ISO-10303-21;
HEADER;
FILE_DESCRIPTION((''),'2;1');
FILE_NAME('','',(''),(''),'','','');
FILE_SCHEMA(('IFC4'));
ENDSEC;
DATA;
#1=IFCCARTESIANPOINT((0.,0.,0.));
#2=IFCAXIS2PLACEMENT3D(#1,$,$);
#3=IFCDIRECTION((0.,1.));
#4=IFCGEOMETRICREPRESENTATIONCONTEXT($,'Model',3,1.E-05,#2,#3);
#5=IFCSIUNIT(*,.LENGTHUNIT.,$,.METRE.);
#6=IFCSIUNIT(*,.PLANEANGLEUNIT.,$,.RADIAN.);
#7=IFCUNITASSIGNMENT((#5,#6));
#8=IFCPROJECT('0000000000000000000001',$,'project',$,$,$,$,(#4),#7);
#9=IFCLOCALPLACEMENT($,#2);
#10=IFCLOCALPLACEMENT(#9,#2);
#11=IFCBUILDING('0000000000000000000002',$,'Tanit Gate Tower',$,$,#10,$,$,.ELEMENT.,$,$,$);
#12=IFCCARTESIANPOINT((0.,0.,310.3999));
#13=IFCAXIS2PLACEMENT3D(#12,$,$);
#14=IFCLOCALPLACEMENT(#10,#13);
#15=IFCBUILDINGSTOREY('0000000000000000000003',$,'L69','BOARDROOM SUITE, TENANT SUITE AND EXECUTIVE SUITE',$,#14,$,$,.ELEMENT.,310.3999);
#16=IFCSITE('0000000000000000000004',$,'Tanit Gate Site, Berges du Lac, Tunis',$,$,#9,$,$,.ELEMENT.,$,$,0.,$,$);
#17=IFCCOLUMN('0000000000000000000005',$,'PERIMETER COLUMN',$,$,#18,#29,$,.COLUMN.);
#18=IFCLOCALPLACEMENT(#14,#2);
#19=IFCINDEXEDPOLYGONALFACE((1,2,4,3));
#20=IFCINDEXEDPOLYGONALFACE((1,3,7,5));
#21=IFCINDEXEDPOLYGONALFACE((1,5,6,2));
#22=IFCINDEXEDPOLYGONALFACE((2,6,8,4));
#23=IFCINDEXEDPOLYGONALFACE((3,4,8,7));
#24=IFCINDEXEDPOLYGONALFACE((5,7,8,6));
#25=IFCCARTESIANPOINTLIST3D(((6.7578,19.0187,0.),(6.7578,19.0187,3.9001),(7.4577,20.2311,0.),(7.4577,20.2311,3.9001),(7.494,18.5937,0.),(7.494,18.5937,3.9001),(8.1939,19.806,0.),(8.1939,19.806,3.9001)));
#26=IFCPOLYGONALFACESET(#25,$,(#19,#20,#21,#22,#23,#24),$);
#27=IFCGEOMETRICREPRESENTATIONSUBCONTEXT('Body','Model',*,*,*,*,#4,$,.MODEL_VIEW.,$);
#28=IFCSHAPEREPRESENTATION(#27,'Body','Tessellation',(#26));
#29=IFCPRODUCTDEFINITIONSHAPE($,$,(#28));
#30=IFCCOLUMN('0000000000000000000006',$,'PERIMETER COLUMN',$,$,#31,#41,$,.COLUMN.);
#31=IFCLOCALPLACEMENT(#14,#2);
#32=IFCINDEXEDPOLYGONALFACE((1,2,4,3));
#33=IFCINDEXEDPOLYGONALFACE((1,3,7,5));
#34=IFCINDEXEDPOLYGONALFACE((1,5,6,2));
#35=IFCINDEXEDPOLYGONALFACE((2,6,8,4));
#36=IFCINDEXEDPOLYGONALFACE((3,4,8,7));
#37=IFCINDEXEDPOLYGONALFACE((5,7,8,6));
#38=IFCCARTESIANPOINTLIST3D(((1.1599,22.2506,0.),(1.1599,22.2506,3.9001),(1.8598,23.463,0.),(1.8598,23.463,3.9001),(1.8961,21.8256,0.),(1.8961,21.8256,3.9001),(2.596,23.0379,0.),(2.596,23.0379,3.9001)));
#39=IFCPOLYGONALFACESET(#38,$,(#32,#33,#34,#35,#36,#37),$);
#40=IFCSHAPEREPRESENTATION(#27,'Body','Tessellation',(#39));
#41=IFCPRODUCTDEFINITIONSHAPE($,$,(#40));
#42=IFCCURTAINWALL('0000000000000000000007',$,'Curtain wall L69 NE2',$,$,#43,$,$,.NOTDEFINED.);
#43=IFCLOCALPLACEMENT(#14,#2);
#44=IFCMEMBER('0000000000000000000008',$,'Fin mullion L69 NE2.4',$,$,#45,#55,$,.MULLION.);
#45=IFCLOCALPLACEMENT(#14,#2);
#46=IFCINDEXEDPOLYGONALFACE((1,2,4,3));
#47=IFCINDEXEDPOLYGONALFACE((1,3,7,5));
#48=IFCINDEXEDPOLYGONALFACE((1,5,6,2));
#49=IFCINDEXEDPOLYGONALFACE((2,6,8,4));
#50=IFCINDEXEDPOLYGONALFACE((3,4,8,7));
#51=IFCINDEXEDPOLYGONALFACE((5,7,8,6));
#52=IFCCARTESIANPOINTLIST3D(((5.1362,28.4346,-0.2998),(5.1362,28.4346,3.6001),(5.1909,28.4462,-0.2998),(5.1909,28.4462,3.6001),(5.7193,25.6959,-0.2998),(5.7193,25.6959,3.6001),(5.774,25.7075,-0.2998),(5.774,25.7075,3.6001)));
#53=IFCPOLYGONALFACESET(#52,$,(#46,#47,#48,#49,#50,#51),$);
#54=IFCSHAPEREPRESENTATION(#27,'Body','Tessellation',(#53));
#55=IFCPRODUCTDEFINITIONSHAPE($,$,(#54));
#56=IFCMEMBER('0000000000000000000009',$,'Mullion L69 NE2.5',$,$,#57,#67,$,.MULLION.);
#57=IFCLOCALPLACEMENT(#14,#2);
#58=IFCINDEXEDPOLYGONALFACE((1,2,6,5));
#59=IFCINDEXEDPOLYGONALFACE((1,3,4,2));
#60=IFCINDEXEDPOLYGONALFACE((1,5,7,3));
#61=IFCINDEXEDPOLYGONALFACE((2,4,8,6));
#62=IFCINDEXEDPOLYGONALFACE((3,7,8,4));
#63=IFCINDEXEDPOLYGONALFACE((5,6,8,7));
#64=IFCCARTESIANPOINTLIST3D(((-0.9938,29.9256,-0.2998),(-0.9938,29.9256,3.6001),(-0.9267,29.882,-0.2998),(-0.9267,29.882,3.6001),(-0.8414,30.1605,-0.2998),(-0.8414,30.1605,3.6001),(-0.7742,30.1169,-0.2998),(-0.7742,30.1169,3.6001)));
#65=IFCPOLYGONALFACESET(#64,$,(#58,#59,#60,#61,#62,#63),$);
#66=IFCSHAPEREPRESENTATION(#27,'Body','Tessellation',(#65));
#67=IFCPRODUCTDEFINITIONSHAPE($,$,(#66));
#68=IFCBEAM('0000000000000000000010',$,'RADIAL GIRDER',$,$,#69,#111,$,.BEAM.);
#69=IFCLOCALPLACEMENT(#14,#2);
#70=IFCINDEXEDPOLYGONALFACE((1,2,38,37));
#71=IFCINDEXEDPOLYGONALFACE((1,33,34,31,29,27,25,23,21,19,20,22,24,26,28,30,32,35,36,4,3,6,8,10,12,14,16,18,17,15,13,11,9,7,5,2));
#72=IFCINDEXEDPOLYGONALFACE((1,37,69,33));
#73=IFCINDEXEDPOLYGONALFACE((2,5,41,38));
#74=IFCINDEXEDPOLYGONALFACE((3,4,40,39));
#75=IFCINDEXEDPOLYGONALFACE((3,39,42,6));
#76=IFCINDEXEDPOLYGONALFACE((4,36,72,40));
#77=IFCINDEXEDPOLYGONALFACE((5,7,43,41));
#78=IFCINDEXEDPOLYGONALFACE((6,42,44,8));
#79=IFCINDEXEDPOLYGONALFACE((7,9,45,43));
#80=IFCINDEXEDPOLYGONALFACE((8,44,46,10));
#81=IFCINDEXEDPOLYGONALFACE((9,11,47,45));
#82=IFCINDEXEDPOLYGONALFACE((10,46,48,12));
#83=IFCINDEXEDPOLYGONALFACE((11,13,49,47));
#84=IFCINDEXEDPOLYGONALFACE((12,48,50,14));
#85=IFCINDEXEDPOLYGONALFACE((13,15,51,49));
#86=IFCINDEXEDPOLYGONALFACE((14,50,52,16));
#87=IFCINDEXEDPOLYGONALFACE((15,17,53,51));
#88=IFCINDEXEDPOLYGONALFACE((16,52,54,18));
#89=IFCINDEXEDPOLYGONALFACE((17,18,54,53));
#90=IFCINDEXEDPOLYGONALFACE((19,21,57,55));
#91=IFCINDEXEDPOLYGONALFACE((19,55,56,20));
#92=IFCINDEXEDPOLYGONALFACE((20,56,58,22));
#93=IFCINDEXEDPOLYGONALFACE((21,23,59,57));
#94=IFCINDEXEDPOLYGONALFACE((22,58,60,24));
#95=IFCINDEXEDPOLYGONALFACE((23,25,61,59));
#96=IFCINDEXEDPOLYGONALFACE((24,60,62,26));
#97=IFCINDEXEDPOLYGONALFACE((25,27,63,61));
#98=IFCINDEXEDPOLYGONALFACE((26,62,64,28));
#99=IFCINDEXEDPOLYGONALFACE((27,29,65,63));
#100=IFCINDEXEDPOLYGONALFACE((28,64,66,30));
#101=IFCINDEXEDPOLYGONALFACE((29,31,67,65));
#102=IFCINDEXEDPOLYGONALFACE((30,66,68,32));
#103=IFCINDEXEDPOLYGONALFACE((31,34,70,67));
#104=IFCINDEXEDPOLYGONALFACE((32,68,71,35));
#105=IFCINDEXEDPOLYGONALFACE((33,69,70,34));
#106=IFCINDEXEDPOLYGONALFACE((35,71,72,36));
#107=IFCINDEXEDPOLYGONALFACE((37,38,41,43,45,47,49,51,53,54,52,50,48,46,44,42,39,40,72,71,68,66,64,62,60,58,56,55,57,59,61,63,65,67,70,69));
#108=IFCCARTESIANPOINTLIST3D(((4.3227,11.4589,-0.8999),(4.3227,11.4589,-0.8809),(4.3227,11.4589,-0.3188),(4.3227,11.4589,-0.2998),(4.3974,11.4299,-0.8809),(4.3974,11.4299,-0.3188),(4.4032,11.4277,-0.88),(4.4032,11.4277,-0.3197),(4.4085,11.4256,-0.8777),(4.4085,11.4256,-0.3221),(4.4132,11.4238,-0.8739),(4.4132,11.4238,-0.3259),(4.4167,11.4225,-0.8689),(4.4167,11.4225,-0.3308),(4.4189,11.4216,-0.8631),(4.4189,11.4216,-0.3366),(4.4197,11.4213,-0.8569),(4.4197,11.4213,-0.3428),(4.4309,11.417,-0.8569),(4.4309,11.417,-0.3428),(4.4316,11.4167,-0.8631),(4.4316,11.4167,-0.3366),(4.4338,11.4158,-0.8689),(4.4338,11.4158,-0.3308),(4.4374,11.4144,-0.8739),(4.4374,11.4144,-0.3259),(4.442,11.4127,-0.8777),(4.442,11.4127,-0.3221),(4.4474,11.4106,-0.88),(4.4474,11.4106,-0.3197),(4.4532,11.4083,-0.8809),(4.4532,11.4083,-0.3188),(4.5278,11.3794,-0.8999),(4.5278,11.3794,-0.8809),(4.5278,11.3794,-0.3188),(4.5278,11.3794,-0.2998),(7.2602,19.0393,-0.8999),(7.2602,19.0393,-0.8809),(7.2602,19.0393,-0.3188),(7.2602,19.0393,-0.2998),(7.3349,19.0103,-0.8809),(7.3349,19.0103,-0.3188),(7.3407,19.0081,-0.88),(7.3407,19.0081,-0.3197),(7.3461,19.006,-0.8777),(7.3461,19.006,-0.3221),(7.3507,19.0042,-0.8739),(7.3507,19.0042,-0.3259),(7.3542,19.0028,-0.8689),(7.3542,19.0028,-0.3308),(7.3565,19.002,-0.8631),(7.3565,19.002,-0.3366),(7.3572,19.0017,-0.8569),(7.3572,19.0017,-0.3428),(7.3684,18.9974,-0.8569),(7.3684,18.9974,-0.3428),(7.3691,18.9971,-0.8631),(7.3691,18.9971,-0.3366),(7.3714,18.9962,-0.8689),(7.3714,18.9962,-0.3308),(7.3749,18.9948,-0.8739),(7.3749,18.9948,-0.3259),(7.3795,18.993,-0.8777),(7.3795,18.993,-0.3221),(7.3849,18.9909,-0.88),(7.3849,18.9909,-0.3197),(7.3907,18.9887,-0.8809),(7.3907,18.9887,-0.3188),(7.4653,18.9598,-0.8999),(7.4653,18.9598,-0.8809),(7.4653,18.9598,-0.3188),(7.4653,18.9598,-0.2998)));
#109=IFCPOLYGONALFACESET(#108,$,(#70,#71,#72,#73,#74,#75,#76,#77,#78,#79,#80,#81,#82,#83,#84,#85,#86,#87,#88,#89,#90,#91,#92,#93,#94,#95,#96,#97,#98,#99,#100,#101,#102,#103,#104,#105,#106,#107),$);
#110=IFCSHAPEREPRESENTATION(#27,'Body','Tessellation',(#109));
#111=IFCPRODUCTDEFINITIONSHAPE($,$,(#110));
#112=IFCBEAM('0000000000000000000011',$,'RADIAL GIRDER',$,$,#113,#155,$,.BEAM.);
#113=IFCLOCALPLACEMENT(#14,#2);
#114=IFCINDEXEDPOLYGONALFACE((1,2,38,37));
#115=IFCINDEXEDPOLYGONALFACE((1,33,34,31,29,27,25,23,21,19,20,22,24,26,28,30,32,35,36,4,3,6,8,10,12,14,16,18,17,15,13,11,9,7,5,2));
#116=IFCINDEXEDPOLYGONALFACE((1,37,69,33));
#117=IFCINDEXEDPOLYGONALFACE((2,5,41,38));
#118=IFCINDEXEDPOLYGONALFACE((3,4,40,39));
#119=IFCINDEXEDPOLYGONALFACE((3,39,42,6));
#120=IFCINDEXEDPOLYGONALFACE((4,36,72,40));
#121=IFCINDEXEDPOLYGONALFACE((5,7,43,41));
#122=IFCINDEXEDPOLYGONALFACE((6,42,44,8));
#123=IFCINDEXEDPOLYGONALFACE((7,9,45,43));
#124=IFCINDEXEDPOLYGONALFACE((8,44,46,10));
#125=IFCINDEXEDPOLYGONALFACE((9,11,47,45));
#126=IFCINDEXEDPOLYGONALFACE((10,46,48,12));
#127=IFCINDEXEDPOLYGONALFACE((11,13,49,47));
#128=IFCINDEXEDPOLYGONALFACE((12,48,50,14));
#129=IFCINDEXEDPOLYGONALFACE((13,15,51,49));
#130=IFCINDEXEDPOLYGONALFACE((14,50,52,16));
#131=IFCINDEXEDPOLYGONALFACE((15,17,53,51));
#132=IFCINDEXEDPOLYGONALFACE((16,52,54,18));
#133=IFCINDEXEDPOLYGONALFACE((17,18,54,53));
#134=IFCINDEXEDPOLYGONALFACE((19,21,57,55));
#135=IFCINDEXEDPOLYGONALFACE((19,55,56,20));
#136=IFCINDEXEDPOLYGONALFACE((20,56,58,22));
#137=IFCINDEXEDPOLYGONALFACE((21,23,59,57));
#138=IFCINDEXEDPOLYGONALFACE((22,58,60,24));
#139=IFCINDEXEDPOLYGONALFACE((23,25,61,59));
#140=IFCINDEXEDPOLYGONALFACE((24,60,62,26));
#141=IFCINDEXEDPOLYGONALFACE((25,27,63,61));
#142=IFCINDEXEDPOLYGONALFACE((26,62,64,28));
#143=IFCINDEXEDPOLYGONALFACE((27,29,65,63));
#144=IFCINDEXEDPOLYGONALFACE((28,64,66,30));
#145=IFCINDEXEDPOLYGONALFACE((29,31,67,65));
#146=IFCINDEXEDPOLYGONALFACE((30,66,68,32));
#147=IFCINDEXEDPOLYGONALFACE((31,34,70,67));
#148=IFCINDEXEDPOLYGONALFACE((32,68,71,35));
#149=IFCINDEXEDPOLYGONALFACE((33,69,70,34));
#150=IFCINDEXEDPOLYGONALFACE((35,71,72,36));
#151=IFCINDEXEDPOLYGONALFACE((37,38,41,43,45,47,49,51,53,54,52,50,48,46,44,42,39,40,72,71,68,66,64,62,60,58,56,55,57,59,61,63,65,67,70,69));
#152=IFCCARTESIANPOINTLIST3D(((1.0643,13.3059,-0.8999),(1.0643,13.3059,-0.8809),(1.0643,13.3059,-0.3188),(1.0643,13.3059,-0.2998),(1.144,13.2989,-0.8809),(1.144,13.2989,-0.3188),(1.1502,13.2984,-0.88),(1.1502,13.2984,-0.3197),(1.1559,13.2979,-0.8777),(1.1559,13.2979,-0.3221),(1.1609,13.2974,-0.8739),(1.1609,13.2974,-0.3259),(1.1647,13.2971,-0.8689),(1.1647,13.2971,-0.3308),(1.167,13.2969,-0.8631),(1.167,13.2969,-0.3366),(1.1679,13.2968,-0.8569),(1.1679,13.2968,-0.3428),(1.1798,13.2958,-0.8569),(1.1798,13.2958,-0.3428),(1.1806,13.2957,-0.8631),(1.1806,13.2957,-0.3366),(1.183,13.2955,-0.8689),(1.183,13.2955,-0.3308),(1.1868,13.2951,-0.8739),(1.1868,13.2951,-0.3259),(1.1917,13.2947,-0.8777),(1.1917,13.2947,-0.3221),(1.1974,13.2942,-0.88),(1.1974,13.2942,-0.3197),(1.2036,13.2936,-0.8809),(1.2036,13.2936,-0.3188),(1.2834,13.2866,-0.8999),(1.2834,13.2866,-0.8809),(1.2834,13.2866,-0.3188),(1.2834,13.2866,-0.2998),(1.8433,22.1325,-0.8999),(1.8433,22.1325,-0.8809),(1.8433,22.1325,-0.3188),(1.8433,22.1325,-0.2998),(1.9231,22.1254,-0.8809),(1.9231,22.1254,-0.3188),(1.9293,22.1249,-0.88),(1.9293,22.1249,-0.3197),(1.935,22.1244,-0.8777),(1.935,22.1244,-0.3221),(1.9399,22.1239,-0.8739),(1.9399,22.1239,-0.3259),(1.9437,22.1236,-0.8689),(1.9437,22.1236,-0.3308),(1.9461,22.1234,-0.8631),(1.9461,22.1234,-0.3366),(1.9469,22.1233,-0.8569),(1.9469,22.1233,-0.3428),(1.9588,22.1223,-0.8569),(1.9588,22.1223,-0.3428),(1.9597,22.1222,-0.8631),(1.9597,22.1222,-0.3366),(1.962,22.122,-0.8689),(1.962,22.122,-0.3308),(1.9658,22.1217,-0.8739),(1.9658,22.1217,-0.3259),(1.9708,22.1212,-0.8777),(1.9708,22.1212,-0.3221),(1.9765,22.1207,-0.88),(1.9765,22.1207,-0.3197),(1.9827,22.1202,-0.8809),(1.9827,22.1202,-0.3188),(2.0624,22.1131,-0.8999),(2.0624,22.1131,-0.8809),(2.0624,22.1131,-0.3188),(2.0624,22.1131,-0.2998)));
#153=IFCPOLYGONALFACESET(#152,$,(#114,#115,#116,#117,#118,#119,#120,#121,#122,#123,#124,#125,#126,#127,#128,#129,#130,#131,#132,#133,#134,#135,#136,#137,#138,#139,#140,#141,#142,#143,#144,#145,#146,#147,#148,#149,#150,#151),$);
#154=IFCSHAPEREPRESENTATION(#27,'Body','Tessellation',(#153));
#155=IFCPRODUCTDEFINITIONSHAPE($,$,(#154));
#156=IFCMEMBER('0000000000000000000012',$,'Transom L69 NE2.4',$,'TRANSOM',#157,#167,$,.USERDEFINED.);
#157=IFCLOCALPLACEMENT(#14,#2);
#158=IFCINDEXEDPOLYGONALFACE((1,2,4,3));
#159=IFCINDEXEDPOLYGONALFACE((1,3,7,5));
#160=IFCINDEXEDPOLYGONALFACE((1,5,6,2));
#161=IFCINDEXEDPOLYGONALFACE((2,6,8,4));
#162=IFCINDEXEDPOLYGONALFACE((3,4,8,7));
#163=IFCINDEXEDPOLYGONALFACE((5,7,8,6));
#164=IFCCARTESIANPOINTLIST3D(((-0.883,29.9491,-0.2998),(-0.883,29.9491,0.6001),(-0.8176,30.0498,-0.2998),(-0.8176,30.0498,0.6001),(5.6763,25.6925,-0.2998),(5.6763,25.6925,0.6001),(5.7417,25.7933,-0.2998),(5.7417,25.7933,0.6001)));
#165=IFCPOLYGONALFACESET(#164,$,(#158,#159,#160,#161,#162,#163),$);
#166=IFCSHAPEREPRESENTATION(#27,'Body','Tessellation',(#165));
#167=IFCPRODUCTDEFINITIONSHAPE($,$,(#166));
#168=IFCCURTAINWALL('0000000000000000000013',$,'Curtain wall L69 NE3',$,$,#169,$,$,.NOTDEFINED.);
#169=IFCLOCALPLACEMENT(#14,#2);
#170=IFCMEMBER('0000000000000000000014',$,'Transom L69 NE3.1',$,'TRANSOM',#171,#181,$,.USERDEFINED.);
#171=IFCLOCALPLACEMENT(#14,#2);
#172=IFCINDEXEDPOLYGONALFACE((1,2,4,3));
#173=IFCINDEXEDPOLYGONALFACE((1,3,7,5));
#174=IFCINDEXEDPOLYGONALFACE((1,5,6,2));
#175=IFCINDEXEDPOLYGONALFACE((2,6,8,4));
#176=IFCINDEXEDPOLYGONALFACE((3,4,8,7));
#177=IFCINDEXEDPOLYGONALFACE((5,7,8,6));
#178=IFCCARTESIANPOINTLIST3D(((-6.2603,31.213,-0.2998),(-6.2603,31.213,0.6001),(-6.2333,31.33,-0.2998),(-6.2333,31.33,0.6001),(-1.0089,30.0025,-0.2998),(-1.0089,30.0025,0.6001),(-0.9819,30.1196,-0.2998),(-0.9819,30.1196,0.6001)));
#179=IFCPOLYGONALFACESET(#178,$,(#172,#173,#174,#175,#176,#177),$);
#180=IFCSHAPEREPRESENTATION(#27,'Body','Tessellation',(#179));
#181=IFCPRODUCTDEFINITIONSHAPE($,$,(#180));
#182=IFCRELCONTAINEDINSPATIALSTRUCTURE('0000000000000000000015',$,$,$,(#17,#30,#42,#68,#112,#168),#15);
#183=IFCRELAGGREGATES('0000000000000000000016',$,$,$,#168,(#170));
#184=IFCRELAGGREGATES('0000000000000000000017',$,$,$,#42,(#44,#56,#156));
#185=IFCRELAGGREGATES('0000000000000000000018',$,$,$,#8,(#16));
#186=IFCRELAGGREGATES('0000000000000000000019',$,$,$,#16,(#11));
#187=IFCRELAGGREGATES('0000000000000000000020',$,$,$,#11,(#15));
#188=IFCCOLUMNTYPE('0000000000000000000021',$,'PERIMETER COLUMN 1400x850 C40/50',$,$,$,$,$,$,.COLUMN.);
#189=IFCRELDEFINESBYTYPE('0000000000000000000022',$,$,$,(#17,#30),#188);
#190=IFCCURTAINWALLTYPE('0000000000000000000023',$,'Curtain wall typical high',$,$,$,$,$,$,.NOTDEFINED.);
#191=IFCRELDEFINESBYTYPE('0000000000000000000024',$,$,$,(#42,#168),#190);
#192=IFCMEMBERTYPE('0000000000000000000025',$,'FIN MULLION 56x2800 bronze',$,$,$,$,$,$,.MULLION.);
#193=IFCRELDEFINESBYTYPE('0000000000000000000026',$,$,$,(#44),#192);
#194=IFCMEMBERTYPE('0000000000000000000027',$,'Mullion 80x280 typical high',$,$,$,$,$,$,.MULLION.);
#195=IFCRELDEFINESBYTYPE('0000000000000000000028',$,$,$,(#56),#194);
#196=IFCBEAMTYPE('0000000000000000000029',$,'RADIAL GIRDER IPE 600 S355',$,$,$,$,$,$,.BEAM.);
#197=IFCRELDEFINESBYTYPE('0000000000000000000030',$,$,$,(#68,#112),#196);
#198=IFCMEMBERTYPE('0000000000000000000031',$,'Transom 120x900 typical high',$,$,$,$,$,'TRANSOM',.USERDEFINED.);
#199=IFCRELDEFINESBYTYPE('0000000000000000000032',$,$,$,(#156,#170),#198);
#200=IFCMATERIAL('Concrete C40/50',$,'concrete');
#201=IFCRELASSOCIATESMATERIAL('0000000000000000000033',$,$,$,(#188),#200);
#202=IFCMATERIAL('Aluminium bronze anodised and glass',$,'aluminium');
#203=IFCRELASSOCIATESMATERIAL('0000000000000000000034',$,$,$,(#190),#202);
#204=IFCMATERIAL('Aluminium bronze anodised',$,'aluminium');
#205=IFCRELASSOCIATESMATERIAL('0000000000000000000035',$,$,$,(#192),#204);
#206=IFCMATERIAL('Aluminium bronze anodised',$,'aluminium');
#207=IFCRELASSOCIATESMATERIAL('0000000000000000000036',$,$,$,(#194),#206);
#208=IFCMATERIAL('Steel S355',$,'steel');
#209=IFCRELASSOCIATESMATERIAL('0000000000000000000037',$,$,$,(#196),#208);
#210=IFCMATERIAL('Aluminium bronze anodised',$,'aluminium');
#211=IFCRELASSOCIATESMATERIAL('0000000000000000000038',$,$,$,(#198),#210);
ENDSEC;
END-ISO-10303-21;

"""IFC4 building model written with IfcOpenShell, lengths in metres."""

from ifc_helpers import new_model, si_unit, direction, frame, origin, origin_2d, place, context, subcontext, project, spatial, rectangle, i_section, extrude, material, material_profile, profile_set, type_object, element, aggregate, save


model = new_model("IFC4")

# Units and contexts
model_context = context("Model", 3, precision=1e-05, world=origin(), true_north=direction((0.0, 1.0)))
body_context = subcontext(model_context, "Body", "Model", "MODEL_VIEW")
ifc_project = project(units=[si_unit("LENGTHUNIT", "METRE"), si_unit("PLANEANGLEUNIT", "RADIAN")], contexts=[model_context])

# Site, building, storey
site_placement = place(None, origin())
site = spatial("IfcSite", under=ifc_project, at=site_placement, Name="Tanit Gate Site, Berges du Lac, Tunis", CompositionType="ELEMENT", RefElevation=0.0)
building_placement = place(site_placement, origin())
building = spatial("IfcBuilding", under=site, at=building_placement, Name="Tanit Gate Tower", CompositionType="ELEMENT")
storey_placement = place(building_placement, frame((0.0, 0.0, 310.3999)))
storey = spatial("IfcBuildingStorey", under=building, at=storey_placement, Name="L69", Description="BOARDROOM SUITE, TENANT SUITE AND EXECUTIVE SUITE", CompositionType="ELEMENT", Elevation=310.3999)

# Columns
ifc_material_1 = material(Name="Concrete C40/50", Category="concrete")
ifc_material_profile_1 = material_profile(ifc_material_1, rectangle(XDim=1.3999, YDim=0.8501, at=origin_2d()), Name="RC 1400x850")
ifc_profile_set_1 = profile_set([ifc_material_profile_1], Name="Concrete C40/50")
column_type = type_object("IfcColumnType", Name="PERIMETER COLUMN 1400x850 C40/50", PredefinedType="COLUMN", material=ifc_profile_set_1)
for number, where, z_axis, x_axis, name in (
    (1, (7.4758, 19.4124, 0.0), (0.0, 0.0, 1.0), (0.5, 0.866025, 0.0), "PERIMETER COLUMN"),
    (2, (1.8779, 22.6443, 0.0), (0.0, 0.0, 1.0), (0.5, 0.866025, 0.0), "PERIMETER COLUMN"),
):
    element("IfcColumn", number, at=place(storey_placement, frame(where, z_axis=z_axis, x_axis=x_axis)), inside=storey, type_object=column_type, Name=name, PredefinedType="COLUMN", context=body_context, shape_type="SweptSolid", body=[
        extrude(rectangle(XDim=1.3999, YDim=0.8501, at=origin_2d()), origin(), (0.0, 0.0, 1.0), 3.9001),
    ])

# Curtain wall, members
ifc_material_2 = material(Name="Aluminium bronze anodised and glass", Category="aluminium")
curtain_wall_type = type_object("IfcCurtainWallType", Name="Curtain wall typical high", PredefinedType="NOTDEFINED", material=ifc_material_2)
curtain_wall_1_placement = place(storey_placement, origin())
curtain_wall_1 = element("IfcCurtainWall", 3, at=curtain_wall_1_placement, inside=storey, type_object=curtain_wall_type, Name="Curtain wall L69 NE2", PredefinedType="NOTDEFINED")
ifc_material_3 = material(Name="Aluminium bronze anodised", Category="aluminium")
ifc_material_profile_2 = material_profile(ifc_material_3, rectangle(XDim=2.8, YDim=0.0559, at=origin_2d()), Name="56x2800 bronze fin mullion")
ifc_profile_set_2 = profile_set([ifc_material_profile_2], Name="Aluminium bronze anodised")
member_type_1 = type_object("IfcMemberType", Name="FIN MULLION 56x2800 bronze", PredefinedType="MULLION", material=ifc_profile_set_2)
member_1_placement = place(storey_placement, frame((5.4551, 27.071, -0.2998), z_axis=(0.0, 0.0, 1.0), x_axis=(0.208238, -0.978078, 0.0)))
member_1 = element("IfcMember", 4, at=member_1_placement, type_object=member_type_1, Name="Fin mullion L69 NE2.4", PredefinedType="MULLION", context=body_context, shape_type="SweptSolid", body=[
    extrude(rectangle(XDim=2.8, YDim=0.0559, at=origin_2d()), origin(), (0.0, 0.0, 1.0), 3.8999),
])
ifc_material_4 = material(Name="Aluminium bronze anodised", Category="aluminium")
ifc_material_profile_3 = material_profile(ifc_material_4, rectangle(XDim=0.28, YDim=0.0801, at=origin_2d()), Name="80x280 bronze mullion")
ifc_profile_set_3 = profile_set([ifc_material_profile_3], Name="Aluminium bronze anodised")
member_type_2 = type_object("IfcMemberType", Name="Mullion 80x280 typical high", PredefinedType="MULLION", material=ifc_profile_set_3)
member_2_placement = place(storey_placement, frame((-0.884, 30.0212, -0.2998), z_axis=(0.0, 0.0, 1.0), x_axis=(-0.544359, -0.838852, 0.0)))
member_2 = element("IfcMember", 5, at=member_2_placement, type_object=member_type_2, Name="Mullion L69 NE2.5", PredefinedType="MULLION", context=body_context, shape_type="SweptSolid", body=[
    extrude(rectangle(XDim=0.28, YDim=0.0801, at=origin_2d()), origin(), (0.0, 0.0, 1.0), 3.8999),
])

# Beams
ifc_material_5 = material(Name="Steel S355", Category="steel")
ifc_material_profile_4 = material_profile(ifc_material_5, i_section(OverallWidth=0.22, OverallDepth=0.6001, WebThickness=0.012, FlangeThickness=0.019, FilletRadius=0.0239, at=origin_2d()), Name="IPE 600")
ifc_profile_set_4 = profile_set([ifc_material_profile_4], Name="Steel S355")
beam_type = type_object("IfcBeamType", Name="RADIAL GIRDER IPE 600 S355", PredefinedType="BEAM", material=ifc_profile_set_4)
beam_1_placement = place(storey_placement, frame((7.3628, 18.9995, -0.5999), z_axis=(-0.361334, -0.932436, 0.0), x_axis=(0.932436, -0.361334, 0.0)))
element("IfcBeam", 6, at=beam_1_placement, inside=storey, type_object=beam_type, Name="RADIAL GIRDER", PredefinedType="BEAM", context=body_context, shape_type="SweptSolid", body=[
    extrude(i_section(OverallWidth=0.22, OverallDepth=0.6001, WebThickness=0.012, FlangeThickness=0.019, FilletRadius=0.0239, at=origin_2d()), origin(), (0.0, 0.0, 1.0), 8.1296),
])
beam_2_placement = place(storey_placement, frame((1.9529, 22.1228, -0.5999), z_axis=(-0.087922, -0.996127, 0.0), x_axis=(0.996127, -0.087922, 0.0)))
element("IfcBeam", 7, at=beam_2_placement, inside=storey, type_object=beam_type, Name="RADIAL GIRDER", PredefinedType="BEAM", context=body_context, shape_type="SweptSolid", body=[
    extrude(i_section(OverallWidth=0.22, OverallDepth=0.6001, WebThickness=0.012, FlangeThickness=0.019, FilletRadius=0.0239, at=origin_2d()), origin(), (0.0, 0.0, 1.0), 8.8608),
])

# Member
ifc_material_6 = material(Name="Aluminium bronze anodised", Category="aluminium")
ifc_material_profile_5 = material_profile(ifc_material_6, rectangle(XDim=0.1201, YDim=0.8999, at=origin_2d()), Name="120x900 bronze transom")
ifc_profile_set_5 = profile_set([ifc_material_profile_5], Name="Aluminium bronze anodised")
member_type_3 = type_object("IfcMemberType", Name="Transom 120x900 typical high", ElementType="TRANSOM", PredefinedType="USERDEFINED", material=ifc_profile_set_5)
member_3_placement = place(storey_placement, frame((5.709, 25.7429, 0.1501), z_axis=(-0.838851, 0.544362, 0.0), x_axis=(-0.544362, -0.838851, 0.0)))
member_3 = element("IfcMember", 8, at=member_3_placement, type_object=member_type_3, Name="Transom L69 NE2.4", ObjectType="TRANSOM", PredefinedType="USERDEFINED", context=body_context, shape_type="SweptSolid", body=[
    extrude(rectangle(XDim=0.1201, YDim=0.8999, at=origin_2d()), origin(), (0.0, 0.0, 1.0), 7.8193),
])

# Curtain wall, member
curtain_wall_2_placement = place(storey_placement, origin())
curtain_wall_2 = element("IfcCurtainWall", 9, at=curtain_wall_2_placement, inside=storey, type_object=curtain_wall_type, Name="Curtain wall L69 NE3", PredefinedType="NOTDEFINED")
member_4_placement = place(storey_placement, frame((-0.9954, 30.061, 0.1501), z_axis=(-0.974449, 0.224608, 0.0), x_axis=(-0.224608, -0.974449, 0.0)))
member_4 = element("IfcMember", 10, at=member_4_placement, type_object=member_type_3, Name="Transom L69 NE3.1", ObjectType="TRANSOM", PredefinedType="USERDEFINED", context=body_context, shape_type="SweptSolid", body=[
    extrude(rectangle(XDim=0.1201, YDim=0.8999, at=origin_2d()), origin(), (0.0, 0.0, 1.0), 5.3892),
])
aggregate(curtain_wall_2, [member_4])

aggregate(curtain_wall_1, [member_1, member_2, member_3])

save(model, "model.ifc")
